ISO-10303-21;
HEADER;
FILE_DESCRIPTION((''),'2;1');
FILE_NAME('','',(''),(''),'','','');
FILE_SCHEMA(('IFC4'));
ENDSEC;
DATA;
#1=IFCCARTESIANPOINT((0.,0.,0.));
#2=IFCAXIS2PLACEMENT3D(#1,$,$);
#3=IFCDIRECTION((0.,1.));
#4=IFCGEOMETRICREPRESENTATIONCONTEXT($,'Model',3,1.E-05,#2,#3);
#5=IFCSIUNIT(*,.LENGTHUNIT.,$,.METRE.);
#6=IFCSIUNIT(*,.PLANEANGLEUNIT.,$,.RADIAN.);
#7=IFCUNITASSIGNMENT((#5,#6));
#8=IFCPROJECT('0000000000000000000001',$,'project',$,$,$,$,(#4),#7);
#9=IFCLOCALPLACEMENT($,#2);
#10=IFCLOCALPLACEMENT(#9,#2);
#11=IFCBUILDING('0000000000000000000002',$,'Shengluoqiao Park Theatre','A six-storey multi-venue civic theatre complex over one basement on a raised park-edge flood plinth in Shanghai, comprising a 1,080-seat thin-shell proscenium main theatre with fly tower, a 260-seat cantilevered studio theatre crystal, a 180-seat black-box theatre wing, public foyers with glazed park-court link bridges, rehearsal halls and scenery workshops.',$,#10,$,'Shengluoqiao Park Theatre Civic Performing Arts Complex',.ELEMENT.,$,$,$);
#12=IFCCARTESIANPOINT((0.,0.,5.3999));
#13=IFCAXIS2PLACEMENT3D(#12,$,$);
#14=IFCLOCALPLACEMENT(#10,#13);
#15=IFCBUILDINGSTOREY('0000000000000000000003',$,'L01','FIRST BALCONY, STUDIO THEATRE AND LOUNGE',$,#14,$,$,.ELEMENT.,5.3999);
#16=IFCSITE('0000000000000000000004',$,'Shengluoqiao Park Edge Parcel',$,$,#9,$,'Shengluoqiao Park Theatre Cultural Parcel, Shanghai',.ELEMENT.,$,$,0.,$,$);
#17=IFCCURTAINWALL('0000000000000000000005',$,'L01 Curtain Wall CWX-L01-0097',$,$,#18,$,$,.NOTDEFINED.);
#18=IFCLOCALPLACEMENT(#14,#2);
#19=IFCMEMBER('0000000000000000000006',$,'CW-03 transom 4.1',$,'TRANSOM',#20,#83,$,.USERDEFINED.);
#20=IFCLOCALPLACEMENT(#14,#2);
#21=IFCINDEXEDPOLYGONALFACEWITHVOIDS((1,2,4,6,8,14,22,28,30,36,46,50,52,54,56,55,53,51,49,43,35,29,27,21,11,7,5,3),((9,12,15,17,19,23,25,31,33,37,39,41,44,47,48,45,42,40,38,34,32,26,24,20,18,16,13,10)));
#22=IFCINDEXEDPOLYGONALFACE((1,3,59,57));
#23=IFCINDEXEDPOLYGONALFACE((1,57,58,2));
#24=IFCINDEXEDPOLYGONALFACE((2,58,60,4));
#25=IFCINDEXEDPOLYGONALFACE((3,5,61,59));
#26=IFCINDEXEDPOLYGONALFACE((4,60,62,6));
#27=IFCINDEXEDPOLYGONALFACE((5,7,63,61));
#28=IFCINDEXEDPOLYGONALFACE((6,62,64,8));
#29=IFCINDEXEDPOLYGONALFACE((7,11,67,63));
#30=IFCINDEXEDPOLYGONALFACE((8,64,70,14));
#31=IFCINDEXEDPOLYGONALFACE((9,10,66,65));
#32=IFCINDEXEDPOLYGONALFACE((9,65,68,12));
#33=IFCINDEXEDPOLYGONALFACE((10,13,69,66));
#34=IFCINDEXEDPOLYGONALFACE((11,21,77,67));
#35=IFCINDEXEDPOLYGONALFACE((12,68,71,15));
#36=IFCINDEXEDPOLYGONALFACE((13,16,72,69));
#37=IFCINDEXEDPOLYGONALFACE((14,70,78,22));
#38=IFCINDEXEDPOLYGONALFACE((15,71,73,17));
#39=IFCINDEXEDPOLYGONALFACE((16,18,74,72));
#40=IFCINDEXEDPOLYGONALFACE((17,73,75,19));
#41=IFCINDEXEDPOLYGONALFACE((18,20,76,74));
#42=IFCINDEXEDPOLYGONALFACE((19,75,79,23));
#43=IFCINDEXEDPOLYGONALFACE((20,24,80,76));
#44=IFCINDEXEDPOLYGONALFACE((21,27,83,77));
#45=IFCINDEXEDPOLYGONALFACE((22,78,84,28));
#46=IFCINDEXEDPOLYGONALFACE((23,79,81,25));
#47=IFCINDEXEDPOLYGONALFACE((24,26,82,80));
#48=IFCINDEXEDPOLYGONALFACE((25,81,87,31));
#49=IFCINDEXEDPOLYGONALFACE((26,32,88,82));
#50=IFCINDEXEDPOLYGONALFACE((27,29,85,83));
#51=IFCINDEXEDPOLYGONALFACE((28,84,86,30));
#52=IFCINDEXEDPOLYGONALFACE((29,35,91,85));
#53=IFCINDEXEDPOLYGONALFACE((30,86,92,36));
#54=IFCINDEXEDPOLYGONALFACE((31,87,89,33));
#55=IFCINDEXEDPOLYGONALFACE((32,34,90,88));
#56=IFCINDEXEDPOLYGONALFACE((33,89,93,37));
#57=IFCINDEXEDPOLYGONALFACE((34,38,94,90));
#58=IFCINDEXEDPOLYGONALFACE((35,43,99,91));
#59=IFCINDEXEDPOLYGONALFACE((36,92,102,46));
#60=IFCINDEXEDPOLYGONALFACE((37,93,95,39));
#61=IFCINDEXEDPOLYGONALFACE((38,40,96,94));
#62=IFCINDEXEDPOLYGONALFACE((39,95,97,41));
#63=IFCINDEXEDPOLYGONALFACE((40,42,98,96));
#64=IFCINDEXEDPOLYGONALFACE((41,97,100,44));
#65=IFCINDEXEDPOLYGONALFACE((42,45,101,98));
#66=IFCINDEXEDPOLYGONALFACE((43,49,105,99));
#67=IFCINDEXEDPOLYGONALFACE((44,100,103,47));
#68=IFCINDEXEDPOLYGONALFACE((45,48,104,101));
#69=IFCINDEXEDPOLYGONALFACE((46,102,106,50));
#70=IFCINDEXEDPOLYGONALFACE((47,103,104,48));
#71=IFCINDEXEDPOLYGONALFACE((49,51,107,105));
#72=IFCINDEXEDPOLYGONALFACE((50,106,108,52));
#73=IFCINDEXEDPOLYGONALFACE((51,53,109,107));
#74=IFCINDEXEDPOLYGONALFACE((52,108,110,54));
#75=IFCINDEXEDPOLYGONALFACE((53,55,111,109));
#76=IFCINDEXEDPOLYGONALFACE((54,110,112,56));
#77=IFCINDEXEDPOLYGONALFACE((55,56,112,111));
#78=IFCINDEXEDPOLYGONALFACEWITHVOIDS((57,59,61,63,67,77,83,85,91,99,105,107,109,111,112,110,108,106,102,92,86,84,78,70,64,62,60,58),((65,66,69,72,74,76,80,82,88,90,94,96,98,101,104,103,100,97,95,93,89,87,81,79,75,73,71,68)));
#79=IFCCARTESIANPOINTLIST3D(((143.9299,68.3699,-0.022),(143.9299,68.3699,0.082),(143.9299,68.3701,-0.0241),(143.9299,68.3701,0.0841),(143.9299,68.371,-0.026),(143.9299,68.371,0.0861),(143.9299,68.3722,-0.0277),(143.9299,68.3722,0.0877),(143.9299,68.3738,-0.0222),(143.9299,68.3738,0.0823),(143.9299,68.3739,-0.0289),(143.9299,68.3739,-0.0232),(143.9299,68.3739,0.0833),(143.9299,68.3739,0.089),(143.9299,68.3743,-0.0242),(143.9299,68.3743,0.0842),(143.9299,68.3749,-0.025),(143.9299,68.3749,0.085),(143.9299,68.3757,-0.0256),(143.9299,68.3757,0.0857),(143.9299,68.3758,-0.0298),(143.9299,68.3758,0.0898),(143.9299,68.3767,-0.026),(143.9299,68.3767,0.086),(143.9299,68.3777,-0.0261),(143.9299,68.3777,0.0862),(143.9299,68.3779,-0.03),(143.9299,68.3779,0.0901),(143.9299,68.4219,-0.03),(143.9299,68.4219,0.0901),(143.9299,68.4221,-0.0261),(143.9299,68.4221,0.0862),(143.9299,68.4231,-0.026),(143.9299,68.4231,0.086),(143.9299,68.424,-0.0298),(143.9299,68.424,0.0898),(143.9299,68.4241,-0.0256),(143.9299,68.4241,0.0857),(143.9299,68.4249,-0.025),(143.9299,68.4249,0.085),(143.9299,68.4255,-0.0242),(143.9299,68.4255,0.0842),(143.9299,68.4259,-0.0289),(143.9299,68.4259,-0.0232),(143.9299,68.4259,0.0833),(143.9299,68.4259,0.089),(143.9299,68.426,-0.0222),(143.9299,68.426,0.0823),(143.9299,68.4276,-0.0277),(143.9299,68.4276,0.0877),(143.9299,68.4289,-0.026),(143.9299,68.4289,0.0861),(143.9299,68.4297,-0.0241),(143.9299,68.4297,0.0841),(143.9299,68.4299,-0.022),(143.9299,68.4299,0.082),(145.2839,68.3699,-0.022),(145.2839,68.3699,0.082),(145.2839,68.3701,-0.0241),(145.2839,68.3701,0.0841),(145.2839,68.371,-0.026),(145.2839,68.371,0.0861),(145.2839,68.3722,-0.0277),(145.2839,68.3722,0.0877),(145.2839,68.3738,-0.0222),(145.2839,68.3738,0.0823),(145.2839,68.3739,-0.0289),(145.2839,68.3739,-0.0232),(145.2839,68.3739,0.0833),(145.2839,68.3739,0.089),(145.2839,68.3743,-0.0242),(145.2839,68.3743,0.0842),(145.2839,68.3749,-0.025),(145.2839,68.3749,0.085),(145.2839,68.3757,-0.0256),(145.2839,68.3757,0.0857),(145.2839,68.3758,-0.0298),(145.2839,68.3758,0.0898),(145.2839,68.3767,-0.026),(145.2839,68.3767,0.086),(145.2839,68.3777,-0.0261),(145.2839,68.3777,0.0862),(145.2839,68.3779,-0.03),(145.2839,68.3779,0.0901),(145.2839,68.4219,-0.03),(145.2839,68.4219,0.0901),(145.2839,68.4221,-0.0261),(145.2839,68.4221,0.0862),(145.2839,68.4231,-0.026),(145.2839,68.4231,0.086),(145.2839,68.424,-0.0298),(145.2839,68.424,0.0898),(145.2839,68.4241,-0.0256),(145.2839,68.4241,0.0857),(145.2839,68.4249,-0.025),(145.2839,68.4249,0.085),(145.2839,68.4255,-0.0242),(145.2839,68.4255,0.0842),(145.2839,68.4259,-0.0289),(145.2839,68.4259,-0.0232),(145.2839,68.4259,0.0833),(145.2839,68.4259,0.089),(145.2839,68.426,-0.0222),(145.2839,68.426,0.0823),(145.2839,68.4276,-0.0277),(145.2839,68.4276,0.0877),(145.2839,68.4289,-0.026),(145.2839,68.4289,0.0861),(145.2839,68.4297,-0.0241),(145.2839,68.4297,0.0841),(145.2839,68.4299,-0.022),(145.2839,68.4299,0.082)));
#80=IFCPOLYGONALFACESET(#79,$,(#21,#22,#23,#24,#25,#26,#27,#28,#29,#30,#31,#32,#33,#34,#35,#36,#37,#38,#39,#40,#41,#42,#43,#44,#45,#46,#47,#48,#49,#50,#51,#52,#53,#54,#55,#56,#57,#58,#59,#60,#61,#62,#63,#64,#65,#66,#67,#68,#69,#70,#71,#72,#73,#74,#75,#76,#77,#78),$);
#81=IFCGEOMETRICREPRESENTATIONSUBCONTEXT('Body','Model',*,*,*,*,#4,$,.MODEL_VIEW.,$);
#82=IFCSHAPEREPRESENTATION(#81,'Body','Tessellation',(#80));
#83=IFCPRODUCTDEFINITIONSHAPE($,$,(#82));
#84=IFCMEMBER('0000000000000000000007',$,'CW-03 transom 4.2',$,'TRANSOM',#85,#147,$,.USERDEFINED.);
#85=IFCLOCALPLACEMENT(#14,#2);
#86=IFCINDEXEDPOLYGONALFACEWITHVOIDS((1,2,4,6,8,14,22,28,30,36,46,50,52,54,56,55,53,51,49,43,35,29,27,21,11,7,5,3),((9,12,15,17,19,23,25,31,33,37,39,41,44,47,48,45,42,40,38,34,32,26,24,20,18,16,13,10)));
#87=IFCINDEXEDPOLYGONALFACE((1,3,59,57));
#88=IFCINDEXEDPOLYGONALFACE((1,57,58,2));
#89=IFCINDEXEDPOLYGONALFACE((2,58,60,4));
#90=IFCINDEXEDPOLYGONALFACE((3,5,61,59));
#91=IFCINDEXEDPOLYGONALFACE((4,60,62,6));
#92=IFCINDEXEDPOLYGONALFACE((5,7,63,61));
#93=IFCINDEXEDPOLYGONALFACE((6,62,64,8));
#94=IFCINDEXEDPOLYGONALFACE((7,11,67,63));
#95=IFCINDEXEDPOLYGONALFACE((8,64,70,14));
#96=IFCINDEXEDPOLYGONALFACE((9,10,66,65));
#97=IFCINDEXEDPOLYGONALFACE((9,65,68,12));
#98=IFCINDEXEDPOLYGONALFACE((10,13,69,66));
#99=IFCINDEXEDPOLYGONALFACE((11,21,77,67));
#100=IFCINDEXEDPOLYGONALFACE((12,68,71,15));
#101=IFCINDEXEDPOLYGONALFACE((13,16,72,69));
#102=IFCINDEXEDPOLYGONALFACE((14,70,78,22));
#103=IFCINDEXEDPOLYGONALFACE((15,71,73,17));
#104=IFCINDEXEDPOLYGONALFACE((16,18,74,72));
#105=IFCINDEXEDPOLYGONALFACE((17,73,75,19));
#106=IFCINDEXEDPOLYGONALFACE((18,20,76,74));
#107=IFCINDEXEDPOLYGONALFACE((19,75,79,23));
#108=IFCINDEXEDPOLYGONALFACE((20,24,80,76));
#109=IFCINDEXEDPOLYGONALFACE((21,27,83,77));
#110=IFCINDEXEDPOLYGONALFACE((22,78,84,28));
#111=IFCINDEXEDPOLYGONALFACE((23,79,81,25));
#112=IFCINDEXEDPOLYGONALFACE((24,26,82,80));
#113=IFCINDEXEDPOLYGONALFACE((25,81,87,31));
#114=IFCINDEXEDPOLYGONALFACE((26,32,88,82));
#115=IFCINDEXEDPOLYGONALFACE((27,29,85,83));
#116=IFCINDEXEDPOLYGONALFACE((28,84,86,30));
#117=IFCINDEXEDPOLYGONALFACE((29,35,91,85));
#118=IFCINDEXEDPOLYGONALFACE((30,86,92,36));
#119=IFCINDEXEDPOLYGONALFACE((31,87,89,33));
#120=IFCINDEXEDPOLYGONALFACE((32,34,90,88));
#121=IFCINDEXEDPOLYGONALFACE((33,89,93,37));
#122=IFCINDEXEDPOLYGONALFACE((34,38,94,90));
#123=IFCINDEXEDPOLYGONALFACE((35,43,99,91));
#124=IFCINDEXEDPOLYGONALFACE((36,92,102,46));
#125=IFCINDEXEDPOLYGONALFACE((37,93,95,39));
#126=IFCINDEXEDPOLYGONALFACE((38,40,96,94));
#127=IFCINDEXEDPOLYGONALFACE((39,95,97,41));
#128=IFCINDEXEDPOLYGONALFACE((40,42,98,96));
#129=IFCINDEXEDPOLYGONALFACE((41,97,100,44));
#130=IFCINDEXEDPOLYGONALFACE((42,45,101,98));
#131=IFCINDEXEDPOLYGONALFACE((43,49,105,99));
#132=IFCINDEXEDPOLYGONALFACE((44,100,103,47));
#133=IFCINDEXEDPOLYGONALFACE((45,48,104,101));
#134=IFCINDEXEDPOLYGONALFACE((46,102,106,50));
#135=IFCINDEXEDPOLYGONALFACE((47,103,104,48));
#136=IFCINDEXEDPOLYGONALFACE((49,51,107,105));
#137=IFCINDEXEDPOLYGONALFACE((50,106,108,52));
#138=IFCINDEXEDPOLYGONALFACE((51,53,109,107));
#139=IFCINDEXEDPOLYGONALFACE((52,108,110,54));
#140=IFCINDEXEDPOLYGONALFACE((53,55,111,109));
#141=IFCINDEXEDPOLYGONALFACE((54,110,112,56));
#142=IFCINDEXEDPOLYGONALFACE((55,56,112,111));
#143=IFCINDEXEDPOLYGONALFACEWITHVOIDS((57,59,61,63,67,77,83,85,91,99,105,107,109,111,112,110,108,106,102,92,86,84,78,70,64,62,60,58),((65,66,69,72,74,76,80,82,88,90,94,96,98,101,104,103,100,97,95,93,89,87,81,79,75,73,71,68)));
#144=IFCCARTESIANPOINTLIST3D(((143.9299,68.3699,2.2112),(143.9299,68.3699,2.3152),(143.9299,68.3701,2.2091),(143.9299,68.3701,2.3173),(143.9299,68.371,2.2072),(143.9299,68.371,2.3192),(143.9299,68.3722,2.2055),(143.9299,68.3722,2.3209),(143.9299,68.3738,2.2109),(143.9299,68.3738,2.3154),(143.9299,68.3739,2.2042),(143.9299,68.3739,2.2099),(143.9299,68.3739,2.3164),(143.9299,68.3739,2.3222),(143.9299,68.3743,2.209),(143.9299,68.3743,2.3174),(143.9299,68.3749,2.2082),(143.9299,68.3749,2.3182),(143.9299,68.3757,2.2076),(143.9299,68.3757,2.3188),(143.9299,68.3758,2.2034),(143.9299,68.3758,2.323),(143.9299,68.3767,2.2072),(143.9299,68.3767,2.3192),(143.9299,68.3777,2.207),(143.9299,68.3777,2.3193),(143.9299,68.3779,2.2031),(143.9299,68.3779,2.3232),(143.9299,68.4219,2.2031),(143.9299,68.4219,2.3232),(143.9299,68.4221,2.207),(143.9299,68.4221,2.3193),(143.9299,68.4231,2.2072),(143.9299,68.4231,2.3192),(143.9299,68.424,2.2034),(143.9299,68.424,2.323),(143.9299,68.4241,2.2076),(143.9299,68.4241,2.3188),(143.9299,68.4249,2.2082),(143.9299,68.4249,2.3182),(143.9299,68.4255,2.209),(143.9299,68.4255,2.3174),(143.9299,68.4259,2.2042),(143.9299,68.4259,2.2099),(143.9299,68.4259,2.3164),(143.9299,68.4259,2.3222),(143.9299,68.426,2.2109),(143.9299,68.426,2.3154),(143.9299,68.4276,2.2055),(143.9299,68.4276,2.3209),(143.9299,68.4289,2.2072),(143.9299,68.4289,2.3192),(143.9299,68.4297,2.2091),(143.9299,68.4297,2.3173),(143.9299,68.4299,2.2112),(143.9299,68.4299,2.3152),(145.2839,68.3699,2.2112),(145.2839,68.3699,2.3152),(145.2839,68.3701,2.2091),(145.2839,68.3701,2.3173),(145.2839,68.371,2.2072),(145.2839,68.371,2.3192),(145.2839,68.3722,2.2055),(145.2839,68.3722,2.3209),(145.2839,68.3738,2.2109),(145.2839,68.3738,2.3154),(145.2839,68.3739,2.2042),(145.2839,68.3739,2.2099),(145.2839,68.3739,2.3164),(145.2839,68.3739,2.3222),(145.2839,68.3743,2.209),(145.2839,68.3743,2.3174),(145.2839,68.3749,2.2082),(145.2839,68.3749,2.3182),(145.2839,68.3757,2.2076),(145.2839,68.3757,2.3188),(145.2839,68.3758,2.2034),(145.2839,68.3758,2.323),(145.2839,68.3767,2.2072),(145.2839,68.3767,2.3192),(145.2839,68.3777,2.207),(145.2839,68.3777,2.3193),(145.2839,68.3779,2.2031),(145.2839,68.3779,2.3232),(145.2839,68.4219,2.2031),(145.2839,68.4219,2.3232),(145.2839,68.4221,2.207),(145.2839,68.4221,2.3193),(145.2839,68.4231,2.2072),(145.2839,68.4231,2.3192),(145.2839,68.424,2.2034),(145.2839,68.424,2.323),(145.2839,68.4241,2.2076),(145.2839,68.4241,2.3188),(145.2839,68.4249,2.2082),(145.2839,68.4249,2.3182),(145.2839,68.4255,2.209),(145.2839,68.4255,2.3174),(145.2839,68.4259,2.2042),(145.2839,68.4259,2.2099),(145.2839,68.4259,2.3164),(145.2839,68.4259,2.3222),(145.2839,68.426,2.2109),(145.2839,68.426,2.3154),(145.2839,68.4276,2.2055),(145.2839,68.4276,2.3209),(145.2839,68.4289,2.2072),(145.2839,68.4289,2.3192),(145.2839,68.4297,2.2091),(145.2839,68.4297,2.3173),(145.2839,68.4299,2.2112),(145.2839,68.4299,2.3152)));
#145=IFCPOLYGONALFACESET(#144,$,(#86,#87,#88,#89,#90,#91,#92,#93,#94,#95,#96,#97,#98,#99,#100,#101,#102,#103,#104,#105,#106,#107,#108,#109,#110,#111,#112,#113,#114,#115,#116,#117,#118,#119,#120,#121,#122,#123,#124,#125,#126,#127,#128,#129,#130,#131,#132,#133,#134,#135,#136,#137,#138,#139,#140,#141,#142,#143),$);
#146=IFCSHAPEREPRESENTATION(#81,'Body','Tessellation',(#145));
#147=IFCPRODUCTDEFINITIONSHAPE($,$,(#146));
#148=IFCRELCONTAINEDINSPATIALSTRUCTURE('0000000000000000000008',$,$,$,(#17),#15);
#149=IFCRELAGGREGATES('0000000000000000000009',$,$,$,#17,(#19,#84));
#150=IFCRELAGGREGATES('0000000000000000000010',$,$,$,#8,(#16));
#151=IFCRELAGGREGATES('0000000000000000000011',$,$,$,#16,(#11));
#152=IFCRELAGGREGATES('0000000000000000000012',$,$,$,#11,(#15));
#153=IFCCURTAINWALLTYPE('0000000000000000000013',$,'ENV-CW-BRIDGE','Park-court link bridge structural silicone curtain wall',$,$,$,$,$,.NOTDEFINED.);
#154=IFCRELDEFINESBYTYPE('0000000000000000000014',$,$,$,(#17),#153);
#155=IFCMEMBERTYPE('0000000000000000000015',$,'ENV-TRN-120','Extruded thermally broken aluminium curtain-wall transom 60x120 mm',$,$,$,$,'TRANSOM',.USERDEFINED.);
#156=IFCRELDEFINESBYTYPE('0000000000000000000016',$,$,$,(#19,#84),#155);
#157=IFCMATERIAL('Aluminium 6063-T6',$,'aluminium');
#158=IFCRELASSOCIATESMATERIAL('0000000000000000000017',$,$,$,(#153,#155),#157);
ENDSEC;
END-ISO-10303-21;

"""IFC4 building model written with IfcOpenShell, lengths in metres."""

from ifc_helpers import new_model, si_unit, direction, frame, origin, origin_2d, place, context, subcontext, project, spatial, hollow_rectangle, extrude, material, material_profile, profile_set, type_object, element, aggregate, save


model = new_model("IFC4")

# Units and contexts
model_context = context("Model", 3, precision=1e-05, world=origin(), true_north=direction((0.0, 1.0)))
body_context = subcontext(model_context, "Body", "Model", "MODEL_VIEW")
ifc_project = project(units=[si_unit("LENGTHUNIT", "METRE"), si_unit("PLANEANGLEUNIT", "RADIAN")], contexts=[model_context])

# Site, building, storey
site_placement = place(None, origin())
site = spatial("IfcSite", under=ifc_project, at=site_placement, Name="Shengluoqiao Park Edge Parcel", LongName="Shengluoqiao Park Theatre Cultural Parcel, Shanghai", CompositionType="ELEMENT", RefElevation=0.0)
building_placement = place(site_placement, origin())
building = spatial("IfcBuilding", under=site, at=building_placement, Name="Shengluoqiao Park Theatre", Description="A six-storey multi-venue civic theatre complex over one basement on a raised park-edge flood plinth in Shanghai, comprising a 1,080-seat thin-shell proscenium main theatre with fly tower, a 260-seat cantilevered studio theatre crystal, a 180-seat black-box theatre wing, public foyers with glazed park-court link bridges, rehearsal halls and scenery workshops.", LongName="Shengluoqiao Park Theatre Civic Performing Arts Complex", CompositionType="ELEMENT")
storey_placement = place(building_placement, frame((0.0, 0.0, 5.3999)))
storey = spatial("IfcBuildingStorey", under=building, at=storey_placement, Name="L01", Description="FIRST BALCONY, STUDIO THEATRE AND LOUNGE", CompositionType="ELEMENT", Elevation=5.3999)

# Curtain wall, members
ifc_material_1 = material(Name="Aluminium 6063-T6", Category="aluminium")
curtain_wall_type = type_object("IfcCurtainWallType", Name="ENV-CW-BRIDGE", Description="Park-court link bridge structural silicone curtain wall", PredefinedType="NOTDEFINED", material=ifc_material_1)
curtain_wall_placement = place(storey_placement, origin())
curtain_wall = element("IfcCurtainWall", 1, at=curtain_wall_placement, inside=storey, type_object=curtain_wall_type, Name="L01 Curtain Wall CWX-L01-0097", PredefinedType="NOTDEFINED")
ifc_material_profile_1 = material_profile(ifc_material_1, hollow_rectangle(XDim=0.0601, YDim=0.1201, WallThickness=0.0039, InnerFilletRadius=0.0039, OuterFilletRadius=0.0081, at=origin_2d()), Name="ALU TRANSOM 120x60x4")
ifc_profile_set_1 = profile_set([ifc_material_profile_1], Name="Aluminium 6063-T6")
member_type_1 = type_object("IfcMemberType", Name="ENV-TRN-120", Description="Extruded thermally broken aluminium curtain-wall transom 60x120 mm", ElementType="TRANSOM", PredefinedType="USERDEFINED", material=ifc_profile_set_1)
member_1_placement = place(storey_placement, frame((143.9299, 68.3999, 0.03), z_axis=(1.0, 0.0, 0.0), x_axis=(0.0, 1.0, 0.0)))
member_1 = element("IfcMember", 2, at=member_1_placement, type_object=member_type_1, Name="CW-03 transom 4.1", ObjectType="TRANSOM", PredefinedType="USERDEFINED", context=body_context, shape_type="SweptSolid", body=[
    extrude(hollow_rectangle(XDim=0.0601, YDim=0.1201, WallThickness=0.0039, InnerFilletRadius=0.0039, OuterFilletRadius=0.0081, at=origin_2d()), origin(), (0.0, 0.0, 1.0), 1.354),
])
member_2_placement = place(storey_placement, frame((143.9299, 68.3999, 2.2632), z_axis=(1.0, 0.0, 0.0), x_axis=(0.0, 1.0, 0.0)))
member_2 = element("IfcMember", 3, at=member_2_placement, type_object=member_type_1, Name="CW-03 transom 4.2", ObjectType="TRANSOM", PredefinedType="USERDEFINED", context=body_context, shape_type="SweptSolid", body=[
    extrude(hollow_rectangle(XDim=0.0601, YDim=0.1201, WallThickness=0.0039, InnerFilletRadius=0.0039, OuterFilletRadius=0.0081, at=origin_2d()), origin(), (0.0, 0.0, 1.0), 1.354),
])
aggregate(curtain_wall, [member_1, member_2])

save(model, "model.ifc")
